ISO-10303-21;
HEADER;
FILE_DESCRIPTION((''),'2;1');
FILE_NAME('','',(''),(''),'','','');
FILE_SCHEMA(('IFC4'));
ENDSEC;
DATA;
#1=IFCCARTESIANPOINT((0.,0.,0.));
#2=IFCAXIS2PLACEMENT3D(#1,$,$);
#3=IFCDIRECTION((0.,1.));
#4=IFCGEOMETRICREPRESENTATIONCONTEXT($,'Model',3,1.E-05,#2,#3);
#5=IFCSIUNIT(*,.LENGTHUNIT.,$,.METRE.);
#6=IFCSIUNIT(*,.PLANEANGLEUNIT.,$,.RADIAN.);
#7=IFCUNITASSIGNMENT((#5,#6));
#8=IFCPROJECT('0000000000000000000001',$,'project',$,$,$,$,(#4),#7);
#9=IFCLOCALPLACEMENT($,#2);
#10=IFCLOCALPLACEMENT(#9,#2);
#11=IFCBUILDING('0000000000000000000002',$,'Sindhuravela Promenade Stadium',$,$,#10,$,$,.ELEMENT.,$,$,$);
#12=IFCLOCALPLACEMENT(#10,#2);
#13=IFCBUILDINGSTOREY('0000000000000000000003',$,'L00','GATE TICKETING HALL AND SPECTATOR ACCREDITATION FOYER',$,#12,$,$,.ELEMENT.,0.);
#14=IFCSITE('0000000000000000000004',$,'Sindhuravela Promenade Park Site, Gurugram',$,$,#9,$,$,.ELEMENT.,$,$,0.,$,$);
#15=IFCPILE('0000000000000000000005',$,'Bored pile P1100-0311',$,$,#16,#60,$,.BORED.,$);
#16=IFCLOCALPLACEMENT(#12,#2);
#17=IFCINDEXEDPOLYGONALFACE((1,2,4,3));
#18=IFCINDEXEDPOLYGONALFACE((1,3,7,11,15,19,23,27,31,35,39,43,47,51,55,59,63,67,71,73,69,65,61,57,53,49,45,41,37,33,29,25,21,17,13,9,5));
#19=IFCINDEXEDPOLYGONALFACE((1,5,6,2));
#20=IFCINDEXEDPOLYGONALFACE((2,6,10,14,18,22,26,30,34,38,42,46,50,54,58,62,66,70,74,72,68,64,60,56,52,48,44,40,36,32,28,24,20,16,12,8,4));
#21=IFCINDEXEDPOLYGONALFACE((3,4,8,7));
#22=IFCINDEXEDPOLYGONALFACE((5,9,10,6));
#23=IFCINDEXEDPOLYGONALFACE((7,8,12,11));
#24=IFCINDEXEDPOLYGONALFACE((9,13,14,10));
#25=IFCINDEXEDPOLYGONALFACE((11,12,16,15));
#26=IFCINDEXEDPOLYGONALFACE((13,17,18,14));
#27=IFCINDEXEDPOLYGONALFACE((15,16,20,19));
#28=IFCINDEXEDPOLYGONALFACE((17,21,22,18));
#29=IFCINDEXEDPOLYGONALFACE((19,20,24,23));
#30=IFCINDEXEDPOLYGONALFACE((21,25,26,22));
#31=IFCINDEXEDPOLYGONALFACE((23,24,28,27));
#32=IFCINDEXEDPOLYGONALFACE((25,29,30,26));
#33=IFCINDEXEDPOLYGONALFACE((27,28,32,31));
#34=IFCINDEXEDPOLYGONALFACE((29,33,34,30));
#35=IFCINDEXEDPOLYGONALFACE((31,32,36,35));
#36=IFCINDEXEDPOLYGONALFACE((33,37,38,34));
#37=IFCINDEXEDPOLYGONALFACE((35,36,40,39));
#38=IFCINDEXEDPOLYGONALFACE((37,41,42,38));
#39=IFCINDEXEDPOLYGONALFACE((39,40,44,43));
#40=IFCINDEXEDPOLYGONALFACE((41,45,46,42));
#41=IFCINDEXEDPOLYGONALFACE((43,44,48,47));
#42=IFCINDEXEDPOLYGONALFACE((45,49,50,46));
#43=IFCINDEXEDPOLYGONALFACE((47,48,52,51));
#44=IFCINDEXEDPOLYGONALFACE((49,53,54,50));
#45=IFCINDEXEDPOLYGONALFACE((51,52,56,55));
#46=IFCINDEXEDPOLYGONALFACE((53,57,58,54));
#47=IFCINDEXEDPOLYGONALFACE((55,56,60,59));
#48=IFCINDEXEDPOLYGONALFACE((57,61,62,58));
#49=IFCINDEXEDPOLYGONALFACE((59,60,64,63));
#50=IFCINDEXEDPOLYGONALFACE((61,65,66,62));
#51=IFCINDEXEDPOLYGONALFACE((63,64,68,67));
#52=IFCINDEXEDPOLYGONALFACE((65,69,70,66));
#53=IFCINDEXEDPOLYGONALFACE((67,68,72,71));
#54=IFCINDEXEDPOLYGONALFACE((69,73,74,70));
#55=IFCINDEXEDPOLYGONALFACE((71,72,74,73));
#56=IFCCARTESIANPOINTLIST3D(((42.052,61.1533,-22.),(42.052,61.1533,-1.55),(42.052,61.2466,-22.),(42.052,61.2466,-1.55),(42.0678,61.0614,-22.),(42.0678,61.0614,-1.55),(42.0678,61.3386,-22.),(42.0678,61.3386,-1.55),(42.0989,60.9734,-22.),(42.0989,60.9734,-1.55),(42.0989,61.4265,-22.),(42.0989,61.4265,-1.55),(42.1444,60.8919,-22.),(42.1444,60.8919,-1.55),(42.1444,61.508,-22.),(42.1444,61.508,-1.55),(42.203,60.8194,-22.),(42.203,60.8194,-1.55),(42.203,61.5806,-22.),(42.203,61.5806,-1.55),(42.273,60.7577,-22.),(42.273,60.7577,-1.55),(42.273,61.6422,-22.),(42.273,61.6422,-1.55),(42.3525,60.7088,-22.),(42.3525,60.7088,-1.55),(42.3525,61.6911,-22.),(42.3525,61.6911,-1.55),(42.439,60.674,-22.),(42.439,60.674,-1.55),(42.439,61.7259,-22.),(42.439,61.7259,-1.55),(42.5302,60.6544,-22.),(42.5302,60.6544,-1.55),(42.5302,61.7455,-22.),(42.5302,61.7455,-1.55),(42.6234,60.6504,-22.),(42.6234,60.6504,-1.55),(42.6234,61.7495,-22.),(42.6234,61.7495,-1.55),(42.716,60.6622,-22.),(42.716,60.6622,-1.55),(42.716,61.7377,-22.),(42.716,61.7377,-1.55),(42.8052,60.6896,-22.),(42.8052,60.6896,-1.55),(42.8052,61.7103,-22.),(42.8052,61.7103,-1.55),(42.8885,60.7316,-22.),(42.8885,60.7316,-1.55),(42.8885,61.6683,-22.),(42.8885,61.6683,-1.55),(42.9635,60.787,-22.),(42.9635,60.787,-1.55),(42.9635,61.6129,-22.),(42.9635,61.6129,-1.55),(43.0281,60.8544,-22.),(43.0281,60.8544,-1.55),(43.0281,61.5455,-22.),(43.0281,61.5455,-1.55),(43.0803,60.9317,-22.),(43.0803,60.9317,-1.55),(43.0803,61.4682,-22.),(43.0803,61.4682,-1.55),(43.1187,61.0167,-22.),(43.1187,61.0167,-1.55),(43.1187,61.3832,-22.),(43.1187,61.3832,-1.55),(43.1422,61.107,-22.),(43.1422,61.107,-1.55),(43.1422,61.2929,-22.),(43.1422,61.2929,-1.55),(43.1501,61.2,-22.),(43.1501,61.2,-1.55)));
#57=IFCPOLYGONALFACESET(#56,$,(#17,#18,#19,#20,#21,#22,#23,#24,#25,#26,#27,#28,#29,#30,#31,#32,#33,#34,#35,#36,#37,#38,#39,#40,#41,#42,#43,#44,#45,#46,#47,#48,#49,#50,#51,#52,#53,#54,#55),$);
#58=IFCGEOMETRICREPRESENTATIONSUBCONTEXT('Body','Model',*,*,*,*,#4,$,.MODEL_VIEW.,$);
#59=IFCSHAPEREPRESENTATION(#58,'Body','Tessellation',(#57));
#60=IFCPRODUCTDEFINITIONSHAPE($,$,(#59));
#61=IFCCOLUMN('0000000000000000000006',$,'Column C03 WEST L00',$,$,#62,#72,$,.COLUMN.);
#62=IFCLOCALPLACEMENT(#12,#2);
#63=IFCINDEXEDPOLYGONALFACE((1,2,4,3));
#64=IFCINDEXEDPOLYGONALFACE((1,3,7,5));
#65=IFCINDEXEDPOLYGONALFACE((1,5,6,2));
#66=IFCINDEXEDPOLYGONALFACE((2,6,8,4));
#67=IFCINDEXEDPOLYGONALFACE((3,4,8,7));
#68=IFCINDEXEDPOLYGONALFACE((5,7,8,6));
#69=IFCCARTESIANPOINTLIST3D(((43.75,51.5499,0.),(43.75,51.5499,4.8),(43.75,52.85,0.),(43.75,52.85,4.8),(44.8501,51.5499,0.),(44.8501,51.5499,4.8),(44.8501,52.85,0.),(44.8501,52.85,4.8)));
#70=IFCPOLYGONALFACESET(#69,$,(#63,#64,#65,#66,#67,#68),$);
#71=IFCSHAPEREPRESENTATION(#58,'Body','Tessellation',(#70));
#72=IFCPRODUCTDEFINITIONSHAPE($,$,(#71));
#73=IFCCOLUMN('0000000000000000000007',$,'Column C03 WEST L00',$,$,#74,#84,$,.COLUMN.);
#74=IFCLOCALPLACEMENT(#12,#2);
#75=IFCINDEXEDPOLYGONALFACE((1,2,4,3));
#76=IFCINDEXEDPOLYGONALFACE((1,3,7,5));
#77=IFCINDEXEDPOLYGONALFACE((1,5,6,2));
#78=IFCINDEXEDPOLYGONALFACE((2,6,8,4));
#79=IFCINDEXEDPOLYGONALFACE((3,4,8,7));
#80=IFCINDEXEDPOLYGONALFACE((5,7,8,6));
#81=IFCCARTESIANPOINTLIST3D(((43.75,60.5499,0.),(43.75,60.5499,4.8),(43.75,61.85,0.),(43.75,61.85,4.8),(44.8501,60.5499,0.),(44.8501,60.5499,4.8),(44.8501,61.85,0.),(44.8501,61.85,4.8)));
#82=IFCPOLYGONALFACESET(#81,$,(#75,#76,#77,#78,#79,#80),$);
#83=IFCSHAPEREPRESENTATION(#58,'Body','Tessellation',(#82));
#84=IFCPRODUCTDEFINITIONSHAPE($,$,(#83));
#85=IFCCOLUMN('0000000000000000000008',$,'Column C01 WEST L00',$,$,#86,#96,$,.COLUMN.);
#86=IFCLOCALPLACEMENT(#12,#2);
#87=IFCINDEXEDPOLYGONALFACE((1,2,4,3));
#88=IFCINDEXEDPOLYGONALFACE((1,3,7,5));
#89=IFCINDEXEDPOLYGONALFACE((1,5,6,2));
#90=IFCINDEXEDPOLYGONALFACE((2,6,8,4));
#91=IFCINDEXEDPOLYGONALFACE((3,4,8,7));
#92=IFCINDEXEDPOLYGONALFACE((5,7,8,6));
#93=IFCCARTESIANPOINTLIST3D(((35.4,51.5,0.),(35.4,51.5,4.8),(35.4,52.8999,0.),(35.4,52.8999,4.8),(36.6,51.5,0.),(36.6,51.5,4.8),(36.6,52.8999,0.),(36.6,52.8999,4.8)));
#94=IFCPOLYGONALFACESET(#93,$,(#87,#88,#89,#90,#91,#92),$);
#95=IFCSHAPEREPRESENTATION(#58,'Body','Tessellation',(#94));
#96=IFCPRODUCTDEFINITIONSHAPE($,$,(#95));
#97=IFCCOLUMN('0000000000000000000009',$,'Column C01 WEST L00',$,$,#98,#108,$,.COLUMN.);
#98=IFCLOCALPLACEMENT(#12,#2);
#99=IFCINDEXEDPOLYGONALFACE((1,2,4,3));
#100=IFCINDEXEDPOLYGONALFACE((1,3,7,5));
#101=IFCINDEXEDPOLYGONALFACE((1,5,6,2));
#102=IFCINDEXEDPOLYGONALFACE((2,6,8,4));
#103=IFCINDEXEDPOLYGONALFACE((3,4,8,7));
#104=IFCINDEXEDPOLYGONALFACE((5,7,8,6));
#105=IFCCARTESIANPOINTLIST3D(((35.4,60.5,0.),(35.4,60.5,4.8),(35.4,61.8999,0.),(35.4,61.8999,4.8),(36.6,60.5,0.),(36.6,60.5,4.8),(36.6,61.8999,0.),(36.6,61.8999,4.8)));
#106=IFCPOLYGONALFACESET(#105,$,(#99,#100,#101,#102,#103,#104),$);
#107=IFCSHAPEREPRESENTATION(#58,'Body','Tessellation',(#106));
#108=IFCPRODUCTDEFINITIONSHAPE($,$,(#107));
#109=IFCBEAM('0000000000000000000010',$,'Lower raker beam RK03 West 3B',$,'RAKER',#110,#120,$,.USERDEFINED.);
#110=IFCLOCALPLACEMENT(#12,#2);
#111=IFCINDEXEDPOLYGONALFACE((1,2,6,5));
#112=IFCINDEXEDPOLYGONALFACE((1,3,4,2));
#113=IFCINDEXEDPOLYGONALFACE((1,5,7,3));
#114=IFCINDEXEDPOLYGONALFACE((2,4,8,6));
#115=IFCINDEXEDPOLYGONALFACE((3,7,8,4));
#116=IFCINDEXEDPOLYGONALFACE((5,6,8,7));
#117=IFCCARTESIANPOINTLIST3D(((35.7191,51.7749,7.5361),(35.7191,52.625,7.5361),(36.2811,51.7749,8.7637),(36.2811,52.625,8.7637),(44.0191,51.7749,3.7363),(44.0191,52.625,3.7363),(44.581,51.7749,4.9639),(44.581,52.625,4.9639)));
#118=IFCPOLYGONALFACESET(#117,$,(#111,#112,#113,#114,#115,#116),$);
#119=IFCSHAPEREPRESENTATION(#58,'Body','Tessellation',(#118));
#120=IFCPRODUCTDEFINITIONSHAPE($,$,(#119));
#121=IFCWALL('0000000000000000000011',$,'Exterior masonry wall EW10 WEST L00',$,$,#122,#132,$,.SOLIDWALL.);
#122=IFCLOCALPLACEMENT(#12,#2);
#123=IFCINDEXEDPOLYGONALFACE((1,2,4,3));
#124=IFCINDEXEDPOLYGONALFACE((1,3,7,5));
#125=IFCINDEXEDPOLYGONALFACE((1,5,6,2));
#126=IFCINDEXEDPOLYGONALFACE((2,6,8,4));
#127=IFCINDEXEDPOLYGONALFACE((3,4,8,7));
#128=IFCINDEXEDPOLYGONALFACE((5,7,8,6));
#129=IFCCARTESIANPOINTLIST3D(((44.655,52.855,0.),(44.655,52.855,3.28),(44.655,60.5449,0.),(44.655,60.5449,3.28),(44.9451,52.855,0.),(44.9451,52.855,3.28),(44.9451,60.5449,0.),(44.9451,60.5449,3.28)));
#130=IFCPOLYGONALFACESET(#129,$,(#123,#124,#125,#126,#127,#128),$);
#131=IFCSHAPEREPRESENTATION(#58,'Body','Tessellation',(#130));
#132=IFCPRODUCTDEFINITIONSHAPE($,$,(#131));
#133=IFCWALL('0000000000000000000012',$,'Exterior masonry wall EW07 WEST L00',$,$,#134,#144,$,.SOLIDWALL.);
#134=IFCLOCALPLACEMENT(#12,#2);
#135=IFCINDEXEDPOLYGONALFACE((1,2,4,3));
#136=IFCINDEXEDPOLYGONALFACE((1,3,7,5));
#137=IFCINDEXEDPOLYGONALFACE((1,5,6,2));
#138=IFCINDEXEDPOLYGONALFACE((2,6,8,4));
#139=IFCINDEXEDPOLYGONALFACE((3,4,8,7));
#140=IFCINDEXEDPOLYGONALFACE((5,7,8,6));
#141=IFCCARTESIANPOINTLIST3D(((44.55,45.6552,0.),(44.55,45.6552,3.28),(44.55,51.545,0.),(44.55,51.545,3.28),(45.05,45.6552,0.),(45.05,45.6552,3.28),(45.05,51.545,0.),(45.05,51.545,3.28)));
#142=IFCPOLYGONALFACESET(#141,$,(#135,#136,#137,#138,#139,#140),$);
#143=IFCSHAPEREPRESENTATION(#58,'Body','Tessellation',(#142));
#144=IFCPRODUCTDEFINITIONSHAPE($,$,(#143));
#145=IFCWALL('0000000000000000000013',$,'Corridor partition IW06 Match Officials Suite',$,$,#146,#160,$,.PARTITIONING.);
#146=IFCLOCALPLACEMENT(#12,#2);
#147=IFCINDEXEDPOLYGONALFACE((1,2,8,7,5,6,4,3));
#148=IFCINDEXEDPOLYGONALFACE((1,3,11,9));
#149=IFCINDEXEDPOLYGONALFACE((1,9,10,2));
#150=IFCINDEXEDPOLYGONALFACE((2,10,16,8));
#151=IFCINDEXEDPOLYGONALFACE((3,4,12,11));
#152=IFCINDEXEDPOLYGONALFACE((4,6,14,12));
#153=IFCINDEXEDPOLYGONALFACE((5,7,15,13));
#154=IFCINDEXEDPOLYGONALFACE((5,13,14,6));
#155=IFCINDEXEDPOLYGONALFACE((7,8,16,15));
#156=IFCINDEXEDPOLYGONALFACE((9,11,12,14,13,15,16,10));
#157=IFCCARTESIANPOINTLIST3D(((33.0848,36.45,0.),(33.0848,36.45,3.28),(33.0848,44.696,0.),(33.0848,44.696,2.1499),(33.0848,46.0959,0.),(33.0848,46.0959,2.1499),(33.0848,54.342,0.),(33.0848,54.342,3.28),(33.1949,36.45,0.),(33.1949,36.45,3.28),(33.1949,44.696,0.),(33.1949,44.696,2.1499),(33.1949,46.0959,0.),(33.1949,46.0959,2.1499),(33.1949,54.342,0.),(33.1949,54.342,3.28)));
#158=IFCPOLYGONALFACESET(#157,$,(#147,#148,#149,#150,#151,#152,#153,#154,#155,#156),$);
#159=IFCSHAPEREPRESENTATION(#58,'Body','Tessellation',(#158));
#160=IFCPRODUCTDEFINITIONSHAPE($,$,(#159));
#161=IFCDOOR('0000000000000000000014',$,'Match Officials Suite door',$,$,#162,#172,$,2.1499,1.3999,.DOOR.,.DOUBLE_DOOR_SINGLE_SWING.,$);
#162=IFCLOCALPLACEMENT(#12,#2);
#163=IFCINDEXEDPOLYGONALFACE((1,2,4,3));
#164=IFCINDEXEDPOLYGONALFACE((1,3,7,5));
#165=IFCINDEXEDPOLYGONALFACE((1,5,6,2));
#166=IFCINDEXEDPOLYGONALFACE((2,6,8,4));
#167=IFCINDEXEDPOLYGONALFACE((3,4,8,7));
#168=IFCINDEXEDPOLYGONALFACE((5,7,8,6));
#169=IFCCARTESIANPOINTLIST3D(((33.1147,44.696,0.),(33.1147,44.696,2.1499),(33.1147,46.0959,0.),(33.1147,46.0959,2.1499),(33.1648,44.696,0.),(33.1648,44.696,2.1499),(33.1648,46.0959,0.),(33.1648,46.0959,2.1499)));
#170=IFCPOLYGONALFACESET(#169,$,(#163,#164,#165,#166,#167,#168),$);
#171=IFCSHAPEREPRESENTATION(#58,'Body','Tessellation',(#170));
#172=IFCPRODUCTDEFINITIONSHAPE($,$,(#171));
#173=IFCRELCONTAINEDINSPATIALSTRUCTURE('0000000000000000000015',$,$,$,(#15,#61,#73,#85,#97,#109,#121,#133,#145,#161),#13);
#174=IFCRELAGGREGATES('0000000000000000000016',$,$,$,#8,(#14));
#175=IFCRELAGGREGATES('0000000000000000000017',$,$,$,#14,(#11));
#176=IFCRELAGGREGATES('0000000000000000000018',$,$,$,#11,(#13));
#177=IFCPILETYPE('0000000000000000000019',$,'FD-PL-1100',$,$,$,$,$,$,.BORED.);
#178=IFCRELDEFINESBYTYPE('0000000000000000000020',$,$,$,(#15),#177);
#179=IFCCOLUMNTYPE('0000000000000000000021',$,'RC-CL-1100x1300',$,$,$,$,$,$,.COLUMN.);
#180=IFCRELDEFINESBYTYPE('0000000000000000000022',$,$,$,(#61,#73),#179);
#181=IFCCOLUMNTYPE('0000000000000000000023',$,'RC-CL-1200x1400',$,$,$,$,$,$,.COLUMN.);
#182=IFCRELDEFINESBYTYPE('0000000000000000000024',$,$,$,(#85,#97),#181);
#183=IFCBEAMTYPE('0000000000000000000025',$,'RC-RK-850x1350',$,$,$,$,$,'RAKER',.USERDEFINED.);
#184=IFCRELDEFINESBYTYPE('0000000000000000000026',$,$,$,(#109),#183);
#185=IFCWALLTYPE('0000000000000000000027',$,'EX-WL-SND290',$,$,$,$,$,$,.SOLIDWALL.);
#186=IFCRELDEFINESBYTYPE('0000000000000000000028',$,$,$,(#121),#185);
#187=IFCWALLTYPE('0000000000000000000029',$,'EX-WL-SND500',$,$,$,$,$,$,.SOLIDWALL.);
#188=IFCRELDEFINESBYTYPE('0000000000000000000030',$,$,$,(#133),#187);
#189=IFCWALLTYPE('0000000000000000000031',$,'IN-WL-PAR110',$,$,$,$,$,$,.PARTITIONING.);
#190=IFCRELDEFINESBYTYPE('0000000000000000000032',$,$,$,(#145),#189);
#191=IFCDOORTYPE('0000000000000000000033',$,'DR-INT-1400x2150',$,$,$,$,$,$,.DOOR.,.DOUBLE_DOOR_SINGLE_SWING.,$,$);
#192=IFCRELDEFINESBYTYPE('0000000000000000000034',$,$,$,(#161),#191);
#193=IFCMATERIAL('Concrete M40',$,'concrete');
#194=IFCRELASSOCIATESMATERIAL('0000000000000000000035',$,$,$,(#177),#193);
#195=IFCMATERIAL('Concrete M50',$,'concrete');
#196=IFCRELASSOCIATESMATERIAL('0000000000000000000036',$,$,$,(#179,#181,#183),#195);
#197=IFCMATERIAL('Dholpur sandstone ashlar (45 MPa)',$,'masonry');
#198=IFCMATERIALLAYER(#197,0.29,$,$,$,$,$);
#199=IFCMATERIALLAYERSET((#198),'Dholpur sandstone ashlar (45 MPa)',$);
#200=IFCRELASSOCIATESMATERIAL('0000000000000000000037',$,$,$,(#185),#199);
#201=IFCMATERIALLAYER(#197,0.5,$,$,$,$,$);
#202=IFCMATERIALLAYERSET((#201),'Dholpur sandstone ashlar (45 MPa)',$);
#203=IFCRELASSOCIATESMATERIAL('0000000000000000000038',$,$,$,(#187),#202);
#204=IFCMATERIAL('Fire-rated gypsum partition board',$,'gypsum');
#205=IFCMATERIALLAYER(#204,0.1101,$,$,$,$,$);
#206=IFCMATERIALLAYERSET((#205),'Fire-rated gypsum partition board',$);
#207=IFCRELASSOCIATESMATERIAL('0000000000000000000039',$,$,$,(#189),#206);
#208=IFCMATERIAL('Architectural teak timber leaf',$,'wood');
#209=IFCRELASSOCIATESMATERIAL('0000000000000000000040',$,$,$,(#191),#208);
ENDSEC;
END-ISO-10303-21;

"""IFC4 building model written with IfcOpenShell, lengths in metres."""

from ifc_helpers import new_model, si_unit, direction, frame, frame_2d, origin, origin_2d, place, context, subcontext, project, spatial, rectangle, circle, extrude, material, layer, layer_set, material_profile, profile_set, type_object, element, fill, save


model = new_model("IFC4")

# Units and contexts
model_context = context("Model", 3, precision=1e-05, world=origin(), true_north=direction((0.0, 1.0)))
body_context = subcontext(model_context, "Body", "Model", "MODEL_VIEW")
ifc_project = project(units=[si_unit("LENGTHUNIT", "METRE"), si_unit("PLANEANGLEUNIT", "RADIAN")], contexts=[model_context])

# Site, building, storey
site_placement = place(None, origin())
site = spatial("IfcSite", under=ifc_project, at=site_placement, Name="Sindhuravela Promenade Park Site, Gurugram", CompositionType="ELEMENT", RefElevation=0.0)
building_placement = place(site_placement, origin())
building = spatial("IfcBuilding", under=site, at=building_placement, Name="Sindhuravela Promenade Stadium", CompositionType="ELEMENT")
storey_placement = place(building_placement, origin())
storey = spatial("IfcBuildingStorey", under=building, at=storey_placement, Name="L00", Description="GATE TICKETING HALL AND SPECTATOR ACCREDITATION FOYER", CompositionType="ELEMENT", Elevation=0.0)

# Shared definitions
ifc_material_1 = material(Name="Concrete M50", Category="concrete")

# Pile
ifc_material_2 = material(Name="Concrete M40", Category="concrete")
ifc_material_profile_1 = material_profile(ifc_material_2, circle(Radius=0.55, at=origin_2d()), Name="BORED PILE D1100")
ifc_profile_set_1 = profile_set([ifc_material_profile_1], Name="Concrete M40")
pile_type = type_object("IfcPileType", Name="FD-PL-1100", PredefinedType="BORED", material=ifc_profile_set_1)
for number, where, z_axis, x_axis, name in (
    (1, (42.6001, 61.2, -1.55), (0.0, 0.0, -1.0), (1.0, 0.0, 0.0), "Bored pile P1100-0311"),
):
    element("IfcPile", number, at=place(storey_placement, frame(where, z_axis=z_axis, x_axis=x_axis)), inside=storey, type_object=pile_type, Name=name, PredefinedType="BORED", context=body_context, shape_type="SweptSolid", body=[
        extrude(circle(Radius=0.55, at=origin_2d()), origin(), (0.0, 0.0, 1.0), 20.45),
    ])

# Columns
ifc_material_profile_2 = material_profile(ifc_material_1, rectangle(XDim=1.1001, YDim=1.3, at=origin_2d()), Name="RC 1100x1300")
ifc_profile_set_2 = profile_set([ifc_material_profile_2], Name="Concrete M50")
column_type_1 = type_object("IfcColumnType", Name="RC-CL-1100x1300", PredefinedType="COLUMN", material=ifc_profile_set_2)
for number, where, z_axis, x_axis, name in (
    (2, (44.3, 52.2, 0.0), (0.0, 0.0, 1.0), (1.0, 0.0, 0.0), "Column C03 WEST L00"),
    (3, (44.3, 61.2, 0.0), (0.0, 0.0, 1.0), (1.0, 0.0, 0.0), "Column C03 WEST L00"),
):
    element("IfcColumn", number, at=place(storey_placement, frame(where, z_axis=z_axis, x_axis=x_axis)), inside=storey, type_object=column_type_1, Name=name, PredefinedType="COLUMN", context=body_context, shape_type="SweptSolid", body=[
        extrude(rectangle(XDim=1.1001, YDim=1.3, at=origin_2d()), origin(), (0.0, 0.0, 1.0), 4.8),
    ])
ifc_material_profile_3 = material_profile(ifc_material_1, rectangle(XDim=1.2, YDim=1.3999, at=origin_2d()), Name="RC 1200x1400")
ifc_profile_set_3 = profile_set([ifc_material_profile_3], Name="Concrete M50")
column_type_2 = type_object("IfcColumnType", Name="RC-CL-1200x1400", PredefinedType="COLUMN", material=ifc_profile_set_3)
for number, where, z_axis, x_axis, name in (
    (4, (36.0, 52.2, 0.0), (0.0, 0.0, 1.0), (1.0, 0.0, 0.0), "Column C01 WEST L00"),
    (5, (36.0, 61.2, 0.0), (0.0, 0.0, 1.0), (1.0, 0.0, 0.0), "Column C01 WEST L00"),
):
    element("IfcColumn", number, at=place(storey_placement, frame(where, z_axis=z_axis, x_axis=x_axis)), inside=storey, type_object=column_type_2, Name=name, PredefinedType="COLUMN", context=body_context, shape_type="SweptSolid", body=[
        extrude(rectangle(XDim=1.2, YDim=1.3999, at=origin_2d()), origin(), (0.0, 0.0, 1.0), 4.8),
    ])

# Beam
ifc_material_profile_4 = material_profile(ifc_material_1, rectangle(XDim=0.8501, YDim=1.3501, at=origin_2d()), Name="RC 850x1350")
ifc_profile_set_4 = profile_set([ifc_material_profile_4], Name="Concrete M50")
beam_type = type_object("IfcBeamType", Name="RC-RK-850x1350", ElementType="RAKER", PredefinedType="USERDEFINED", material=ifc_profile_set_4)
beam_placement = place(storey_placement, frame((44.3, 52.2, 4.3501), z_axis=(-0.909247, 0.0, 0.416258), x_axis=(0.0, -1.0, 0.0)))
element("IfcBeam", 6, at=beam_placement, inside=storey, type_object=beam_type, Name="Lower raker beam RK03 West 3B", ObjectType="RAKER", PredefinedType="USERDEFINED", context=body_context, shape_type="SweptSolid", body=[
    extrude(rectangle(XDim=0.8501, YDim=1.3501, at=origin_2d()), origin(), (0.0, 0.0, 1.0), 9.1284),
])

# Walls
ifc_material_3 = material(Name="Dholpur sandstone ashlar (45 MPa)", Category="masonry")
ifc_layer_1 = layer(ifc_material_3, 0.29)
ifc_layer_set_1 = layer_set([ifc_layer_1], Name="Dholpur sandstone ashlar (45 MPa)")
wall_type_1 = type_object("IfcWallType", Name="EX-WL-SND290", PredefinedType="SOLIDWALL", material=ifc_layer_set_1)
wall_1_placement = place(storey_placement, frame((44.8, 60.5449, 0.0), z_axis=(0.0, 0.0, 1.0), x_axis=(0.0, -1.0, 0.0)))
element("IfcWall", 7, at=wall_1_placement, inside=storey, type_object=wall_type_1, Name="Exterior masonry wall EW10 WEST L00", PredefinedType="SOLIDWALL", context=body_context, shape_type="SweptSolid", body=[
    extrude(rectangle(XDim=7.6899, YDim=0.29, at=frame_2d((3.845, 0.0))), origin(), (0.0, 0.0, 1.0), 3.28),
])
ifc_layer_2 = layer(ifc_material_3, 0.5)
ifc_layer_set_2 = layer_set([ifc_layer_2], Name="Dholpur sandstone ashlar (45 MPa)")
wall_type_2 = type_object("IfcWallType", Name="EX-WL-SND500", PredefinedType="SOLIDWALL", material=ifc_layer_set_2)
wall_2_placement = place(storey_placement, frame((44.8, 51.5449, 0.0), z_axis=(0.0, 0.0, 1.0), x_axis=(0.0, -1.0, 0.0)))
element("IfcWall", 8, at=wall_2_placement, inside=storey, type_object=wall_type_2, Name="Exterior masonry wall EW07 WEST L00", PredefinedType="SOLIDWALL", context=body_context, shape_type="SweptSolid", body=[
    extrude(rectangle(XDim=5.8899, YDim=0.5, at=frame_2d((2.9448, 0.0))), origin(), (0.0, 0.0, 1.0), 3.28),
])

# Wall, opening, door
ifc_material_4 = material(Name="Fire-rated gypsum partition board", Category="gypsum")
ifc_layer_3 = layer(ifc_material_4, 0.1101)
ifc_layer_set_3 = layer_set([ifc_layer_3], Name="Fire-rated gypsum partition board")
wall_type_3 = type_object("IfcWallType", Name="IN-WL-PAR110", PredefinedType="PARTITIONING", material=ifc_layer_set_3)
wall_3_placement = place(storey_placement, frame((33.1399, 54.342, 0.0), z_axis=(0.0, 0.0, 1.0), x_axis=(0.0, -1.0, 0.0)))
wall_3 = element("IfcWall", 9, at=wall_3_placement, inside=storey, type_object=wall_type_3, Name="Corridor partition IW06 Match Officials Suite", PredefinedType="PARTITIONING", context=body_context, shape_type="SweptSolid", body=[
    extrude(rectangle(XDim=17.8921, YDim=0.1101, at=frame_2d((8.946, 0.0))), origin(), (0.0, 0.0, 1.0), 3.28),
])
opening_placement = place(wall_3_placement, frame((8.2461, 0.0, 0.0)))
opening = element("IfcOpeningElement", 10, at=opening_placement, cuts=wall_3, PredefinedType="OPENING", context=body_context, shape_type="SweptSolid", body=[
    extrude(rectangle(XDim=1.3999, YDim=2.1499, at=frame_2d((0.7, 1.075))), frame((0.0, 0.0649, 0.0), z_axis=(0.0, -1.0, 0.0), x_axis=(1.0, 0.0, 0.0)), (0.0, 0.0, 1.0), 0.1301),
])
ifc_material_5 = material(Name="Architectural teak timber leaf", Category="wood")
door_type = type_object("IfcDoorType", Name="DR-INT-1400x2150", OperationType="DOUBLE_DOOR_SINGLE_SWING", PredefinedType="DOOR", material=ifc_material_5)
door_placement = place(opening_placement, origin())
door = element("IfcDoor", 11, at=door_placement, inside=storey, type_object=door_type, Name="Match Officials Suite door", OperationType="DOUBLE_DOOR_SINGLE_SWING", OverallHeight=2.1499, OverallWidth=1.3999, PredefinedType="DOOR", context=body_context, shape_type="SweptSolid", body=[
    extrude(rectangle(XDim=1.3999, YDim=2.1499, at=frame_2d((0.7, 1.075))), frame((0.0, 0.0249, 0.0), z_axis=(0.0, -1.0, 0.0), x_axis=(1.0, 0.0, 0.0)), (0.0, 0.0, 1.0), 0.05),
])
fill(opening, door)

save(model, "model.ifc")
